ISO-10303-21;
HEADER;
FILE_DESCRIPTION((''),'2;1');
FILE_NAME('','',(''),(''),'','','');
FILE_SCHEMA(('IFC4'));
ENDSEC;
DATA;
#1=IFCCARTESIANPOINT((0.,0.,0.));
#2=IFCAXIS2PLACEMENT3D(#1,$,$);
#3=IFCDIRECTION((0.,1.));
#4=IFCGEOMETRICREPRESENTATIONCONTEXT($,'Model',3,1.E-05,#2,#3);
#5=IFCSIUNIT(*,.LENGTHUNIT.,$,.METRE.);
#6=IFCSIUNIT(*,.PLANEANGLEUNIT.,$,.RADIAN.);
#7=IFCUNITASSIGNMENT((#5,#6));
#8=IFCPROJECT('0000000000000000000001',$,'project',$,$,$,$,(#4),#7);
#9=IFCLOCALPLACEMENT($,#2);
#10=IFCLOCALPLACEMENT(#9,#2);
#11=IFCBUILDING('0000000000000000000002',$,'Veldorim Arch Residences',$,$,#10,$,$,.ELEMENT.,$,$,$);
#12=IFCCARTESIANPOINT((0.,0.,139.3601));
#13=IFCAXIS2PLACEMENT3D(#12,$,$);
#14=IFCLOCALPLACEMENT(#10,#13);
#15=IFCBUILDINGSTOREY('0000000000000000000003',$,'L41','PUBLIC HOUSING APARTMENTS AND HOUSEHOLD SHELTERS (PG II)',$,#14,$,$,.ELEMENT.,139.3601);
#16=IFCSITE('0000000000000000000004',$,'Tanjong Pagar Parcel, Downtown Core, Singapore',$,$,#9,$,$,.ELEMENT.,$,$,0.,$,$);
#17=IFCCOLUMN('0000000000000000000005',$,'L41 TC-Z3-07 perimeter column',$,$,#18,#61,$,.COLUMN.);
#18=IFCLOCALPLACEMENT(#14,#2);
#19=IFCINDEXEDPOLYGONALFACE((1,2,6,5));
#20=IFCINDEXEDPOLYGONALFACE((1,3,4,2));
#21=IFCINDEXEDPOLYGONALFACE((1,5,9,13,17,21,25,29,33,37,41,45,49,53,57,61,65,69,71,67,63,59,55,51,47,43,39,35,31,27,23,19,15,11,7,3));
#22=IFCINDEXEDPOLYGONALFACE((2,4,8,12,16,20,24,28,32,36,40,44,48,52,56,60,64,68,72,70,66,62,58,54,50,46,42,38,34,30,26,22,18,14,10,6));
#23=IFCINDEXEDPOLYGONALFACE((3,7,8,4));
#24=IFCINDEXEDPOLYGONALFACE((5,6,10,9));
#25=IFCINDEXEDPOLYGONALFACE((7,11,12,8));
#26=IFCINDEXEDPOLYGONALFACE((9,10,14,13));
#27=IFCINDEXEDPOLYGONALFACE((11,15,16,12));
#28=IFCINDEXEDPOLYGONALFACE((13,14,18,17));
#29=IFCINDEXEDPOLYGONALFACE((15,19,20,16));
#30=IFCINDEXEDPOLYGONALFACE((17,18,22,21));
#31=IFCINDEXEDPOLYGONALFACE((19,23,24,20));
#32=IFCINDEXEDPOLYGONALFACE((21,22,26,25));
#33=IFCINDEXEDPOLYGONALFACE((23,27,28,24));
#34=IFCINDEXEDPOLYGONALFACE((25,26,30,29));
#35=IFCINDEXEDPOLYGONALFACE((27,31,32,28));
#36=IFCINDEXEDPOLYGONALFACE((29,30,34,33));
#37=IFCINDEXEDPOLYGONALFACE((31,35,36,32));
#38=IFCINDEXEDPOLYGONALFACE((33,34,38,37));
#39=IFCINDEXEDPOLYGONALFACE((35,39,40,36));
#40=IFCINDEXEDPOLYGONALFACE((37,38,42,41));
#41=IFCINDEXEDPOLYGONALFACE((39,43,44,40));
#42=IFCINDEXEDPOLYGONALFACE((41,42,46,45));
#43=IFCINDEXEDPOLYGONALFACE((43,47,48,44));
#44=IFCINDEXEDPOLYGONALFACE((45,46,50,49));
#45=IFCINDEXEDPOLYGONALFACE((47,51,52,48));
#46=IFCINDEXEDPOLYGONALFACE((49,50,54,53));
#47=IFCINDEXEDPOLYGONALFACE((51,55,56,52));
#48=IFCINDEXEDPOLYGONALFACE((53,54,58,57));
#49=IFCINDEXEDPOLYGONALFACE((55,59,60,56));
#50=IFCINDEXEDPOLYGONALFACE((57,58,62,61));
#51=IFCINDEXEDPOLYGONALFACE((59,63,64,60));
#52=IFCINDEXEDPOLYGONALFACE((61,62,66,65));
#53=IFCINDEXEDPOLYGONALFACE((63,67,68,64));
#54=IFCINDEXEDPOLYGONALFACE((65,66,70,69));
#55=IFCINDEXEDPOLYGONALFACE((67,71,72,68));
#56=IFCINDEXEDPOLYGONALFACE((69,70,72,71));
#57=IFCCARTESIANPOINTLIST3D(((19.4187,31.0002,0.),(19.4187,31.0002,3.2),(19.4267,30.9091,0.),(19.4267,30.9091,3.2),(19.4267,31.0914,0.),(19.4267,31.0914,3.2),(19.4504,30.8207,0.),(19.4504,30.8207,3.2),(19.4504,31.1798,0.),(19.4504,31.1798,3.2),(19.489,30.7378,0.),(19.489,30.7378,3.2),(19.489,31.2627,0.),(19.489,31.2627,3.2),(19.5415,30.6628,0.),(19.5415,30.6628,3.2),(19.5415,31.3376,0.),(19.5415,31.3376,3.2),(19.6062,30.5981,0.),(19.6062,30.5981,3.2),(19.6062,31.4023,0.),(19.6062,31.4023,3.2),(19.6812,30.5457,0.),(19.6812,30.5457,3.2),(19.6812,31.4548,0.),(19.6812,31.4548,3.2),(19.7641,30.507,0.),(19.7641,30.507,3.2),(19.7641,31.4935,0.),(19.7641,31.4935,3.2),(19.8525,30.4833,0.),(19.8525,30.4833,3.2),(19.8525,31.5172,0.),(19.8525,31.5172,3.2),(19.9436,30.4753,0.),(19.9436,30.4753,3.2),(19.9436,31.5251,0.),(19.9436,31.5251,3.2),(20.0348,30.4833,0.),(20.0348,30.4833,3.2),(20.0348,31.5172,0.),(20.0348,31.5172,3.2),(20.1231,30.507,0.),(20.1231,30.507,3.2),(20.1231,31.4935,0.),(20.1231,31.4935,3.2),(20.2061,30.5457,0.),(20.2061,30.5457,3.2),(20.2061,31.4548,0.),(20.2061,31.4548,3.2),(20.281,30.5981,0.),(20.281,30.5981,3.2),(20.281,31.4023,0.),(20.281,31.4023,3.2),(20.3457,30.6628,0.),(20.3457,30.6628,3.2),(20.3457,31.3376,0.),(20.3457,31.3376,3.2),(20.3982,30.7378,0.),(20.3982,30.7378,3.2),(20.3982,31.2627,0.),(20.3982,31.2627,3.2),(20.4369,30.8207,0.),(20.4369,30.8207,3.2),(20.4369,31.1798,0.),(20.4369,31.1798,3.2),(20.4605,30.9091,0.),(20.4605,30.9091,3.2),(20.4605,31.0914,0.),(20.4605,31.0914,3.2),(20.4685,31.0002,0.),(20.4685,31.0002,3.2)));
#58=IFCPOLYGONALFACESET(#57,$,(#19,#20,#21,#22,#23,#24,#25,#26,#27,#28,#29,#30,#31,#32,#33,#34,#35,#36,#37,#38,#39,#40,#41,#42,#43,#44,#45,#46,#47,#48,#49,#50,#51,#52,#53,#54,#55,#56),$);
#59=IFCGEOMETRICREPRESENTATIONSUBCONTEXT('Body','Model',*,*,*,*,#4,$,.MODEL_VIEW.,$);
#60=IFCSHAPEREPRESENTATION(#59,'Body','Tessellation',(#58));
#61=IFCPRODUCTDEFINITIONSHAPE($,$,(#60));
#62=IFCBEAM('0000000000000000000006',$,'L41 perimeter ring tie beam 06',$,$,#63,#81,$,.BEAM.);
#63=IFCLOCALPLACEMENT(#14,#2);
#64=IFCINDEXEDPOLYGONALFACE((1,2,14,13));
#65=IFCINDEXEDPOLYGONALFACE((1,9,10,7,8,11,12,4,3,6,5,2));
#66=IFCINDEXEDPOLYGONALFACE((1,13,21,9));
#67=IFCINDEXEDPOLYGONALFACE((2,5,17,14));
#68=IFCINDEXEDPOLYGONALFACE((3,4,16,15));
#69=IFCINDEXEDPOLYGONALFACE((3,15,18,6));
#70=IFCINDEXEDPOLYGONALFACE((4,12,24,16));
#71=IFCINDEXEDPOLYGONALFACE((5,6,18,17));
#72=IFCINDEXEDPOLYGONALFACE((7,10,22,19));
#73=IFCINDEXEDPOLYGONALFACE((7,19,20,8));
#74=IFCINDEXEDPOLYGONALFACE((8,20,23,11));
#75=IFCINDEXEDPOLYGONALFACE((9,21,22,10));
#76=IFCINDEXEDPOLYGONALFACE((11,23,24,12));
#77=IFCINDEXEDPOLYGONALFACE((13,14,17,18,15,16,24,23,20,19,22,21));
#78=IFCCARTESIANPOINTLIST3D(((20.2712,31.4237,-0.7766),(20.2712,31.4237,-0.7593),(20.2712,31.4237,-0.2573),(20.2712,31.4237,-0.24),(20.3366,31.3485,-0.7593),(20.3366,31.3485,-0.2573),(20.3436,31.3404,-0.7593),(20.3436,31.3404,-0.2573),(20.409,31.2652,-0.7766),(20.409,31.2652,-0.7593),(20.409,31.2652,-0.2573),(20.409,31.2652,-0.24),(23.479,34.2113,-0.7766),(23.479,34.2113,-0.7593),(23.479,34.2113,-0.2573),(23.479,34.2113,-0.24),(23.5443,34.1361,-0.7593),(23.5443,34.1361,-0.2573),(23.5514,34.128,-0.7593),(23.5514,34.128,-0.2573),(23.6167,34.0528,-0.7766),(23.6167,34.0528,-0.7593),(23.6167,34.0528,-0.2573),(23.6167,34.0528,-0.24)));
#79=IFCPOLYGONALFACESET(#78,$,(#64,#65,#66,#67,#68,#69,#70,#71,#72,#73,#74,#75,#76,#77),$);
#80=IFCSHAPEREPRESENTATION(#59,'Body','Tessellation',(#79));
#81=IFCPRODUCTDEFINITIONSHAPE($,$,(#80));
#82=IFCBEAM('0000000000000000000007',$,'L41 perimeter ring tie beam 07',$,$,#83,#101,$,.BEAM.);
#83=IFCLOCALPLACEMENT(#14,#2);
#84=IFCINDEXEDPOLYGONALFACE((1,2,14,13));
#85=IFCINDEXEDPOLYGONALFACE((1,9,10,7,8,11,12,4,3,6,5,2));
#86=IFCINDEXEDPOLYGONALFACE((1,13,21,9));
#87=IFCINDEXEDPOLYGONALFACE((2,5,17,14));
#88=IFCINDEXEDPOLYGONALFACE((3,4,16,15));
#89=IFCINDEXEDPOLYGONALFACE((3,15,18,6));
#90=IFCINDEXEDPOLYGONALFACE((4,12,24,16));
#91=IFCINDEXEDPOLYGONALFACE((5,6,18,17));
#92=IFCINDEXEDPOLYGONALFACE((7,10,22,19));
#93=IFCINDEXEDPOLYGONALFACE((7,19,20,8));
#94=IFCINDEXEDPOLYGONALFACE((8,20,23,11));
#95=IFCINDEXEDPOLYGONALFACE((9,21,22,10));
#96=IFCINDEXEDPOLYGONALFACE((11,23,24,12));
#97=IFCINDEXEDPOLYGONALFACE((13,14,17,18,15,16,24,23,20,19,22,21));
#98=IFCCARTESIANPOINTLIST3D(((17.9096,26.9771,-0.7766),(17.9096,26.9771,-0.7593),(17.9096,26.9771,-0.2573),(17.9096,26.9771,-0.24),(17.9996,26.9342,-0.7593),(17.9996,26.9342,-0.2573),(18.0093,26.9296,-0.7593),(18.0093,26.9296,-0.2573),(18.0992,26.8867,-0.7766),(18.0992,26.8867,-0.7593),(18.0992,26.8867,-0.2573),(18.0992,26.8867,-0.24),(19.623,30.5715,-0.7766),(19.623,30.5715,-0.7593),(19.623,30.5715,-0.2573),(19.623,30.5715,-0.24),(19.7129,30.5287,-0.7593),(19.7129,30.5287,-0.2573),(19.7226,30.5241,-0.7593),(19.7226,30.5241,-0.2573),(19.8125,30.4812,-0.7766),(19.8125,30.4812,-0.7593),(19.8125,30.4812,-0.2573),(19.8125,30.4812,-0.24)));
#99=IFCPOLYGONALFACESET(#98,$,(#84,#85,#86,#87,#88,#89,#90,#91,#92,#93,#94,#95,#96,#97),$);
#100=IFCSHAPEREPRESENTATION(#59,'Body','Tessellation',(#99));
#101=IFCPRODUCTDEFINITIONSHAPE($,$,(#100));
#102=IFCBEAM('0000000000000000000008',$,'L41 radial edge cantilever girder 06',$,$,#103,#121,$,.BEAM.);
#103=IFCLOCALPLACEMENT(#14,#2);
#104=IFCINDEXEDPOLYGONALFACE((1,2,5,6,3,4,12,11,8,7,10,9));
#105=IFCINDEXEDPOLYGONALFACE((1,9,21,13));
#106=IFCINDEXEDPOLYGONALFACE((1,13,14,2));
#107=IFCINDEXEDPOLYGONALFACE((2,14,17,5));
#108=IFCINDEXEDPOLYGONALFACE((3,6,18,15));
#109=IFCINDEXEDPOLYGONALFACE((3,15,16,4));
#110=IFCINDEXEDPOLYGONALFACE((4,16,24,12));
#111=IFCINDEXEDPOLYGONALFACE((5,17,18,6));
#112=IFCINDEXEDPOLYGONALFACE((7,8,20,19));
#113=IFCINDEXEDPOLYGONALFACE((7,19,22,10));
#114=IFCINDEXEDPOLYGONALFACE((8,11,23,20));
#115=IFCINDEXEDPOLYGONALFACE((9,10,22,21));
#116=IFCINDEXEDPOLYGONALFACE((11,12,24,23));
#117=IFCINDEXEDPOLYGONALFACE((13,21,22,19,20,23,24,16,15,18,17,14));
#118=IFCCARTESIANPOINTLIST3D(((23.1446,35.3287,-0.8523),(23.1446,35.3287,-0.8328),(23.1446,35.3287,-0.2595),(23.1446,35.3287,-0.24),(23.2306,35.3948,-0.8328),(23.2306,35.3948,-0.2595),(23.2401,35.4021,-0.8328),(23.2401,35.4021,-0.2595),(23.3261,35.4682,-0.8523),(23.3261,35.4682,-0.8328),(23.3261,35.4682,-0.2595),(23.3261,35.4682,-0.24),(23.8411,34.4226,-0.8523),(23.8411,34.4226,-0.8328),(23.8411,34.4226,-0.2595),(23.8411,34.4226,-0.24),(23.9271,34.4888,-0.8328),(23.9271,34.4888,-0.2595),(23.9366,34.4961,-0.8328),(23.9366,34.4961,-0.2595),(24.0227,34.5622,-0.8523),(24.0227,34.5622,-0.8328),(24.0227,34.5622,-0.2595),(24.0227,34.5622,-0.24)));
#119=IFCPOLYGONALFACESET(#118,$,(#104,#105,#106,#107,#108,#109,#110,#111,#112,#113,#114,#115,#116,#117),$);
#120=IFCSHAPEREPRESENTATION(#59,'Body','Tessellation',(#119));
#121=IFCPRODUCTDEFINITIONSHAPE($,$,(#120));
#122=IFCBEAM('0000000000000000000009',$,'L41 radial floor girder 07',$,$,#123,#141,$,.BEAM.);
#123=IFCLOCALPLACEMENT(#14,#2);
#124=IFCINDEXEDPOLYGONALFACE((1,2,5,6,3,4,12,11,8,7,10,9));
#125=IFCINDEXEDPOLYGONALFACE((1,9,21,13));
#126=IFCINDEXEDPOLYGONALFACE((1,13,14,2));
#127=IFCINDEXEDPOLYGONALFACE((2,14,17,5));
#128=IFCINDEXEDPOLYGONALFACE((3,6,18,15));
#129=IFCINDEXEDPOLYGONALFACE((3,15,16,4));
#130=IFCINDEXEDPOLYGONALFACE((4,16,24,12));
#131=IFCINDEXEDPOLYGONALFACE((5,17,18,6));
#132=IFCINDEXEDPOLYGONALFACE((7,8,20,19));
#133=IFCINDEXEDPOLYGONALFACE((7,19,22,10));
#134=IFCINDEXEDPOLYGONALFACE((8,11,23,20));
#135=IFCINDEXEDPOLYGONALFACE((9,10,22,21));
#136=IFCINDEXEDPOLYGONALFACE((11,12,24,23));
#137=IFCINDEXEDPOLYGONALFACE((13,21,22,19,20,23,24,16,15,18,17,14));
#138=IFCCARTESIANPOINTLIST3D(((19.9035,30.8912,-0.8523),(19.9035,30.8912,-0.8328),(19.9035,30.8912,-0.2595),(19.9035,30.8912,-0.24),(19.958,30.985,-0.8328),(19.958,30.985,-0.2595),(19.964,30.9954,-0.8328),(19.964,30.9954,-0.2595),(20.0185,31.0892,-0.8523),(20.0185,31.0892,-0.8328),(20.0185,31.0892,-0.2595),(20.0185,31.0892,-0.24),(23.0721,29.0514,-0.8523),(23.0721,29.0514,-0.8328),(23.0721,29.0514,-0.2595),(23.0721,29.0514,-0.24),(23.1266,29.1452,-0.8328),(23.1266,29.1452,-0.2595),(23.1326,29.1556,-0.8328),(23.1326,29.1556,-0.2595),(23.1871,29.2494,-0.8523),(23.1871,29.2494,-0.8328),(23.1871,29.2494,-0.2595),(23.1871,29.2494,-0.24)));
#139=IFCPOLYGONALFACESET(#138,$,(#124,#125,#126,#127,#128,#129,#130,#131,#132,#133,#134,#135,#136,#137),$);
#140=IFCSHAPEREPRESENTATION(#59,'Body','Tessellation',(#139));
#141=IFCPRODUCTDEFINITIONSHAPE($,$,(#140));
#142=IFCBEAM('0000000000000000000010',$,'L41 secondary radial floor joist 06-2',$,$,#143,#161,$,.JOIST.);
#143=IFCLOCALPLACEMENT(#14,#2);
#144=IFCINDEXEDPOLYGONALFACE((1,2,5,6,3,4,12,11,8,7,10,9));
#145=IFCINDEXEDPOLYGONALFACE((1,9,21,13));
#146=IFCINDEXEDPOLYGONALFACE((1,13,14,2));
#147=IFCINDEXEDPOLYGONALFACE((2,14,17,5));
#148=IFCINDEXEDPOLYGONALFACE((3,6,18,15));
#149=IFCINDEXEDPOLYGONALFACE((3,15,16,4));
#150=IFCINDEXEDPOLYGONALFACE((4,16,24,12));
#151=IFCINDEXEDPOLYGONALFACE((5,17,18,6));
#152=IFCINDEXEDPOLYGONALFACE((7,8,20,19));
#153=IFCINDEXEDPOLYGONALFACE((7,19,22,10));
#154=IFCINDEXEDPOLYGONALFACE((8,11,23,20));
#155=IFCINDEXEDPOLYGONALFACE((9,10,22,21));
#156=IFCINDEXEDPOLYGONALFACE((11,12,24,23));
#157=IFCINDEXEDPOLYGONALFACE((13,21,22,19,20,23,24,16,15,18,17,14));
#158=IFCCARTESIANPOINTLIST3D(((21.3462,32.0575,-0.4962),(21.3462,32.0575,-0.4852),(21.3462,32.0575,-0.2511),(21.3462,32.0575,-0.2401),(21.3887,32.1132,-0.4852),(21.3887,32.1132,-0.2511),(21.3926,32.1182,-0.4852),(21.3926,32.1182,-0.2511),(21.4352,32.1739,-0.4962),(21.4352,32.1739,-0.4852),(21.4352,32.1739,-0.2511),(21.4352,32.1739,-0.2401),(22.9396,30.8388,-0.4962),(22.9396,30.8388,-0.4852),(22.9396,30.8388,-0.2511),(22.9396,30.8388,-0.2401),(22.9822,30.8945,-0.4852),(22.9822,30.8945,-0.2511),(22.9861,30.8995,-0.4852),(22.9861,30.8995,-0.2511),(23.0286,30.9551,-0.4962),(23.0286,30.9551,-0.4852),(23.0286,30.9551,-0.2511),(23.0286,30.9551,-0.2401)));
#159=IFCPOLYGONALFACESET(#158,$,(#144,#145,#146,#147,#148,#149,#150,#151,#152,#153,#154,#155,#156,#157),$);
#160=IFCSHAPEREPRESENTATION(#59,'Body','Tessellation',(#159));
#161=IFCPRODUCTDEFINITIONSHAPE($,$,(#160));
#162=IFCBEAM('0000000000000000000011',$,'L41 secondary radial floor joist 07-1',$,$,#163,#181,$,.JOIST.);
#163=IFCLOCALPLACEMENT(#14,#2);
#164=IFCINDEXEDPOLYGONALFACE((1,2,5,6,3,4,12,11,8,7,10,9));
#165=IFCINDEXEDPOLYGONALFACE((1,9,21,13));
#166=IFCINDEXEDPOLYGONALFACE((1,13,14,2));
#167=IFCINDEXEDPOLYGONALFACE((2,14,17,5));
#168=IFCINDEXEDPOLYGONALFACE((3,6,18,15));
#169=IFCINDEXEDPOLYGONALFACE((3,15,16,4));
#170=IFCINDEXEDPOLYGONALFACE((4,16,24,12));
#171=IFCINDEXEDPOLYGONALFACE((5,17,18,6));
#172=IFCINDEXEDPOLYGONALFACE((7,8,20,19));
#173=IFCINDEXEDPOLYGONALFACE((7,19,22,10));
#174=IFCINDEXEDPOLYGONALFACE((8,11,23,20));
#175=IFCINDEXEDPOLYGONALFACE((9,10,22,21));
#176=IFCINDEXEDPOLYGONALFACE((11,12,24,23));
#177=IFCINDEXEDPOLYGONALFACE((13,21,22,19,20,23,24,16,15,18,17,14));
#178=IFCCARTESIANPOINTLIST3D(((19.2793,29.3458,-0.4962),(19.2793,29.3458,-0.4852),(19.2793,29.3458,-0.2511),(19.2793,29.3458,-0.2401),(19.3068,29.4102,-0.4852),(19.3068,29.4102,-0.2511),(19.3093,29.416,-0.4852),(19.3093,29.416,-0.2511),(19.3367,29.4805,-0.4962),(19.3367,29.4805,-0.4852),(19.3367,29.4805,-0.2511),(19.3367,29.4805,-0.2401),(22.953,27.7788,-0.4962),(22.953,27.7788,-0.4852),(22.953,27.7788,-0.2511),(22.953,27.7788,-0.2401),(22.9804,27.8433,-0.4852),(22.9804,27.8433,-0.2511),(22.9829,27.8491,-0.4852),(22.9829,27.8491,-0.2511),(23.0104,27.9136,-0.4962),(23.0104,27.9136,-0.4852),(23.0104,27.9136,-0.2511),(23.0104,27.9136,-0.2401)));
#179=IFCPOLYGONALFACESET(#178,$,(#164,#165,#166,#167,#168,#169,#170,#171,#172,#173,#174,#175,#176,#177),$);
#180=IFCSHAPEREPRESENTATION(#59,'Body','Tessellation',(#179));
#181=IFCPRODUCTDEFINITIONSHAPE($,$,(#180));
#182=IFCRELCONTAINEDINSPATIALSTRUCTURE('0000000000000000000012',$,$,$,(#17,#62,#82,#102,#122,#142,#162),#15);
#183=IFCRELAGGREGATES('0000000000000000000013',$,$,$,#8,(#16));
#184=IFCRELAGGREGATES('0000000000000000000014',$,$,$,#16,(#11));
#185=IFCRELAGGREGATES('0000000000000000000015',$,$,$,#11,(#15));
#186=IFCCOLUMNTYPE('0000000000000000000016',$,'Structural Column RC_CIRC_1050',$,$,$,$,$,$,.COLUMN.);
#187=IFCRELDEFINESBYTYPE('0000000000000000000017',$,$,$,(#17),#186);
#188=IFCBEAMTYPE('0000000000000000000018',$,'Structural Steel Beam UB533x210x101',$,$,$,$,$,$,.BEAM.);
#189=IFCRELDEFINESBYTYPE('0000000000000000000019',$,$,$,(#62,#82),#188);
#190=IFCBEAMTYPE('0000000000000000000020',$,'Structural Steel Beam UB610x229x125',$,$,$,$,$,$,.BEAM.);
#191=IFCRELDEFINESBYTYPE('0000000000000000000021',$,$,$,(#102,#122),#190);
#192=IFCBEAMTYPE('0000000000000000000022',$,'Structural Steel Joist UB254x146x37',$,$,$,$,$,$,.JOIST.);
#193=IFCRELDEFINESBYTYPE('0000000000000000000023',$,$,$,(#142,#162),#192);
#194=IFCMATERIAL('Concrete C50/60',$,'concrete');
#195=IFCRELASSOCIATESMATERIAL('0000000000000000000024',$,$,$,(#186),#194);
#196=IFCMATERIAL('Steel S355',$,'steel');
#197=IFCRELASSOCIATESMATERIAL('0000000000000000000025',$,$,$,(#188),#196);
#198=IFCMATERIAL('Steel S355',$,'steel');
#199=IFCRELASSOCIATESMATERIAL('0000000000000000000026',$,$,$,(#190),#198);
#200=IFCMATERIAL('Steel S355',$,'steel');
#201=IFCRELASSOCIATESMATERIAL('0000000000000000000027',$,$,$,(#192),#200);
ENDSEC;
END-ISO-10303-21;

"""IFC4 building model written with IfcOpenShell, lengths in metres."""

from ifc_helpers import new_model, si_unit, direction, frame, origin, origin_2d, place, context, subcontext, project, spatial, circle, i_section, extrude, material, material_profile, profile_set, type_object, element, save


model = new_model("IFC4")

# Units and contexts
model_context = context("Model", 3, precision=1e-05, world=origin(), true_north=direction((0.0, 1.0)))
body_context = subcontext(model_context, "Body", "Model", "MODEL_VIEW")
ifc_project = project(units=[si_unit("LENGTHUNIT", "METRE"), si_unit("PLANEANGLEUNIT", "RADIAN")], contexts=[model_context])

# Site, building, storey
site_placement = place(None, origin())
site = spatial("IfcSite", under=ifc_project, at=site_placement, Name="Tanjong Pagar Parcel, Downtown Core, Singapore", CompositionType="ELEMENT", RefElevation=0.0)
building_placement = place(site_placement, origin())
building = spatial("IfcBuilding", under=site, at=building_placement, Name="Veldorim Arch Residences", CompositionType="ELEMENT")
storey_placement = place(building_placement, frame((0.0, 0.0, 139.3601)))
storey = spatial("IfcBuildingStorey", under=building, at=storey_placement, Name="L41", Description="PUBLIC HOUSING APARTMENTS AND HOUSEHOLD SHELTERS (PG II)", CompositionType="ELEMENT", Elevation=139.3601)

# Column
ifc_material_1 = material(Name="Concrete C50/60", Category="concrete")
ifc_material_profile_1 = material_profile(ifc_material_1, circle(Radius=0.5249, at=origin_2d()), Name="RC_CIRC_1050")
ifc_profile_set_1 = profile_set([ifc_material_profile_1], Name="Concrete C50/60")
column_type = type_object("IfcColumnType", Name="Structural Column RC_CIRC_1050", PredefinedType="COLUMN", material=ifc_profile_set_1)
column_placement = place(storey_placement, frame((19.9436, 31.0002, 0.0), z_axis=(0.0, 0.0, 1.0), x_axis=(1.0, 0.0, 0.0)))
element("IfcColumn", 1, at=column_placement, inside=storey, type_object=column_type, Name="L41 TC-Z3-07 perimeter column", PredefinedType="COLUMN", context=body_context, shape_type="SweptSolid", body=[
    extrude(circle(Radius=0.5249, at=origin_2d()), origin(), (0.0, 0.0, 1.0), 3.2),
])

# Beams
ifc_material_2 = material(Name="Steel S355", Category="steel")
ifc_material_profile_2 = material_profile(ifc_material_2, i_section(OverallWidth=0.21, OverallDepth=0.5366, WebThickness=0.0107, FlangeThickness=0.0173, at=origin_2d()), Name="UB533x210x101")
ifc_profile_set_2 = profile_set([ifc_material_profile_2], Name="Steel S355")
beam_type_1 = type_object("IfcBeamType", Name="Structural Steel Beam UB533x210x101", PredefinedType="BEAM", material=ifc_profile_set_2)
beam_1_placement = place(storey_placement, frame((23.5479, 34.1321, -0.5083), z_axis=(-0.754811, -0.655943, 0.0), x_axis=(0.655943, -0.754811, 0.0)))
element("IfcBeam", 2, at=beam_1_placement, inside=storey, type_object=beam_type_1, Name="L41 perimeter ring tie beam 06", PredefinedType="BEAM", context=body_context, shape_type="SweptSolid", body=[
    extrude(i_section(OverallWidth=0.21, OverallDepth=0.5366, WebThickness=0.0107, FlangeThickness=0.0173, at=origin_2d()), origin(), (0.0, 0.0, 1.0), 4.2498),
])
beam_2_placement = place(storey_placement, frame((19.7178, 30.5264, -0.5083), z_axis=(-0.430286, -0.902693, 0.0), x_axis=(0.902693, -0.430286, 0.0)))
element("IfcBeam", 3, at=beam_2_placement, inside=storey, type_object=beam_type_1, Name="L41 perimeter ring tie beam 07", PredefinedType="BEAM", context=body_context, shape_type="SweptSolid", body=[
    extrude(i_section(OverallWidth=0.21, OverallDepth=0.5366, WebThickness=0.0107, FlangeThickness=0.0173, at=origin_2d()), origin(), (0.0, 0.0, 1.0), 3.9819),
])
ifc_material_3 = material(Name="Steel S355", Category="steel")
ifc_material_profile_3 = material_profile(ifc_material_3, i_section(OverallWidth=0.229, OverallDepth=0.6123, WebThickness=0.012, FlangeThickness=0.0195, at=origin_2d()), Name="UB610x229x125")
ifc_profile_set_3 = profile_set([ifc_material_profile_3], Name="Steel S355")
beam_type_2 = type_object("IfcBeamType", Name="Structural Steel Beam UB610x229x125", PredefinedType="BEAM", material=ifc_profile_set_3)
beam_3_placement = place(storey_placement, frame((23.9319, 34.4924, -0.5461), z_axis=(-0.609494, 0.792791, 0.0), x_axis=(-0.792791, -0.609494, 0.0)))
element("IfcBeam", 4, at=beam_3_placement, inside=storey, type_object=beam_type_2, Name="L41 radial edge cantilever girder 06", PredefinedType="BEAM", context=body_context, shape_type="SweptSolid", body=[
    extrude(i_section(OverallWidth=0.229, OverallDepth=0.6123, WebThickness=0.012, FlangeThickness=0.0195, at=origin_2d()), origin(), (0.0, 0.0, 1.0), 1.1428),
])
beam_4_placement = place(storey_placement, frame((23.1296, 29.1504, -0.5461), z_axis=(-0.864795, 0.502126, 0.0), x_axis=(-0.502126, -0.864795, 0.0)))
element("IfcBeam", 5, at=beam_4_placement, inside=storey, type_object=beam_type_2, Name="L41 radial floor girder 07", PredefinedType="BEAM", context=body_context, shape_type="SweptSolid", body=[
    extrude(i_section(OverallWidth=0.229, OverallDepth=0.6123, WebThickness=0.012, FlangeThickness=0.0195, at=origin_2d()), origin(), (0.0, 0.0, 1.0), 3.6641),
])
ifc_material_4 = material(Name="Steel S355", Category="steel")
ifc_material_profile_4 = material_profile(ifc_material_4, i_section(OverallWidth=0.1465, OverallDepth=0.2561, WebThickness=0.0063, FlangeThickness=0.011, at=origin_2d()), Name="UB254x146x37")
ifc_profile_set_4 = profile_set([ifc_material_profile_4], Name="Steel S355")
beam_type_3 = type_object("IfcBeamType", Name="Structural Steel Joist UB254x146x37", PredefinedType="JOIST", material=ifc_profile_set_4)
beam_5_placement = place(storey_placement, frame((22.9841, 30.897, -0.3682), z_axis=(-0.794313, 0.607509, 0.0), x_axis=(-0.607509, -0.794313, 0.0)))
element("IfcBeam", 6, at=beam_5_placement, inside=storey, type_object=beam_type_3, Name="L41 secondary radial floor joist 06-2", PredefinedType="JOIST", context=body_context, shape_type="SweptSolid", body=[
    extrude(i_section(OverallWidth=0.1465, OverallDepth=0.2561, WebThickness=0.0063, FlangeThickness=0.011, at=origin_2d()), origin(), (0.0, 0.0, 1.0), 2.0061),
])
beam_6_placement = place(storey_placement, frame((22.9817, 27.8462, -0.3682), z_axis=(-0.919823, 0.392332, 0.0), x_axis=(-0.392332, -0.919823, 0.0)))
element("IfcBeam", 7, at=beam_6_placement, inside=storey, type_object=beam_type_3, Name="L41 secondary radial floor joist 07-1", PredefinedType="JOIST", context=body_context, shape_type="SweptSolid", body=[
    extrude(i_section(OverallWidth=0.1465, OverallDepth=0.2561, WebThickness=0.0063, FlangeThickness=0.011, at=origin_2d()), origin(), (0.0, 0.0, 1.0), 3.9939),
])

save(model, "model.ifc")
